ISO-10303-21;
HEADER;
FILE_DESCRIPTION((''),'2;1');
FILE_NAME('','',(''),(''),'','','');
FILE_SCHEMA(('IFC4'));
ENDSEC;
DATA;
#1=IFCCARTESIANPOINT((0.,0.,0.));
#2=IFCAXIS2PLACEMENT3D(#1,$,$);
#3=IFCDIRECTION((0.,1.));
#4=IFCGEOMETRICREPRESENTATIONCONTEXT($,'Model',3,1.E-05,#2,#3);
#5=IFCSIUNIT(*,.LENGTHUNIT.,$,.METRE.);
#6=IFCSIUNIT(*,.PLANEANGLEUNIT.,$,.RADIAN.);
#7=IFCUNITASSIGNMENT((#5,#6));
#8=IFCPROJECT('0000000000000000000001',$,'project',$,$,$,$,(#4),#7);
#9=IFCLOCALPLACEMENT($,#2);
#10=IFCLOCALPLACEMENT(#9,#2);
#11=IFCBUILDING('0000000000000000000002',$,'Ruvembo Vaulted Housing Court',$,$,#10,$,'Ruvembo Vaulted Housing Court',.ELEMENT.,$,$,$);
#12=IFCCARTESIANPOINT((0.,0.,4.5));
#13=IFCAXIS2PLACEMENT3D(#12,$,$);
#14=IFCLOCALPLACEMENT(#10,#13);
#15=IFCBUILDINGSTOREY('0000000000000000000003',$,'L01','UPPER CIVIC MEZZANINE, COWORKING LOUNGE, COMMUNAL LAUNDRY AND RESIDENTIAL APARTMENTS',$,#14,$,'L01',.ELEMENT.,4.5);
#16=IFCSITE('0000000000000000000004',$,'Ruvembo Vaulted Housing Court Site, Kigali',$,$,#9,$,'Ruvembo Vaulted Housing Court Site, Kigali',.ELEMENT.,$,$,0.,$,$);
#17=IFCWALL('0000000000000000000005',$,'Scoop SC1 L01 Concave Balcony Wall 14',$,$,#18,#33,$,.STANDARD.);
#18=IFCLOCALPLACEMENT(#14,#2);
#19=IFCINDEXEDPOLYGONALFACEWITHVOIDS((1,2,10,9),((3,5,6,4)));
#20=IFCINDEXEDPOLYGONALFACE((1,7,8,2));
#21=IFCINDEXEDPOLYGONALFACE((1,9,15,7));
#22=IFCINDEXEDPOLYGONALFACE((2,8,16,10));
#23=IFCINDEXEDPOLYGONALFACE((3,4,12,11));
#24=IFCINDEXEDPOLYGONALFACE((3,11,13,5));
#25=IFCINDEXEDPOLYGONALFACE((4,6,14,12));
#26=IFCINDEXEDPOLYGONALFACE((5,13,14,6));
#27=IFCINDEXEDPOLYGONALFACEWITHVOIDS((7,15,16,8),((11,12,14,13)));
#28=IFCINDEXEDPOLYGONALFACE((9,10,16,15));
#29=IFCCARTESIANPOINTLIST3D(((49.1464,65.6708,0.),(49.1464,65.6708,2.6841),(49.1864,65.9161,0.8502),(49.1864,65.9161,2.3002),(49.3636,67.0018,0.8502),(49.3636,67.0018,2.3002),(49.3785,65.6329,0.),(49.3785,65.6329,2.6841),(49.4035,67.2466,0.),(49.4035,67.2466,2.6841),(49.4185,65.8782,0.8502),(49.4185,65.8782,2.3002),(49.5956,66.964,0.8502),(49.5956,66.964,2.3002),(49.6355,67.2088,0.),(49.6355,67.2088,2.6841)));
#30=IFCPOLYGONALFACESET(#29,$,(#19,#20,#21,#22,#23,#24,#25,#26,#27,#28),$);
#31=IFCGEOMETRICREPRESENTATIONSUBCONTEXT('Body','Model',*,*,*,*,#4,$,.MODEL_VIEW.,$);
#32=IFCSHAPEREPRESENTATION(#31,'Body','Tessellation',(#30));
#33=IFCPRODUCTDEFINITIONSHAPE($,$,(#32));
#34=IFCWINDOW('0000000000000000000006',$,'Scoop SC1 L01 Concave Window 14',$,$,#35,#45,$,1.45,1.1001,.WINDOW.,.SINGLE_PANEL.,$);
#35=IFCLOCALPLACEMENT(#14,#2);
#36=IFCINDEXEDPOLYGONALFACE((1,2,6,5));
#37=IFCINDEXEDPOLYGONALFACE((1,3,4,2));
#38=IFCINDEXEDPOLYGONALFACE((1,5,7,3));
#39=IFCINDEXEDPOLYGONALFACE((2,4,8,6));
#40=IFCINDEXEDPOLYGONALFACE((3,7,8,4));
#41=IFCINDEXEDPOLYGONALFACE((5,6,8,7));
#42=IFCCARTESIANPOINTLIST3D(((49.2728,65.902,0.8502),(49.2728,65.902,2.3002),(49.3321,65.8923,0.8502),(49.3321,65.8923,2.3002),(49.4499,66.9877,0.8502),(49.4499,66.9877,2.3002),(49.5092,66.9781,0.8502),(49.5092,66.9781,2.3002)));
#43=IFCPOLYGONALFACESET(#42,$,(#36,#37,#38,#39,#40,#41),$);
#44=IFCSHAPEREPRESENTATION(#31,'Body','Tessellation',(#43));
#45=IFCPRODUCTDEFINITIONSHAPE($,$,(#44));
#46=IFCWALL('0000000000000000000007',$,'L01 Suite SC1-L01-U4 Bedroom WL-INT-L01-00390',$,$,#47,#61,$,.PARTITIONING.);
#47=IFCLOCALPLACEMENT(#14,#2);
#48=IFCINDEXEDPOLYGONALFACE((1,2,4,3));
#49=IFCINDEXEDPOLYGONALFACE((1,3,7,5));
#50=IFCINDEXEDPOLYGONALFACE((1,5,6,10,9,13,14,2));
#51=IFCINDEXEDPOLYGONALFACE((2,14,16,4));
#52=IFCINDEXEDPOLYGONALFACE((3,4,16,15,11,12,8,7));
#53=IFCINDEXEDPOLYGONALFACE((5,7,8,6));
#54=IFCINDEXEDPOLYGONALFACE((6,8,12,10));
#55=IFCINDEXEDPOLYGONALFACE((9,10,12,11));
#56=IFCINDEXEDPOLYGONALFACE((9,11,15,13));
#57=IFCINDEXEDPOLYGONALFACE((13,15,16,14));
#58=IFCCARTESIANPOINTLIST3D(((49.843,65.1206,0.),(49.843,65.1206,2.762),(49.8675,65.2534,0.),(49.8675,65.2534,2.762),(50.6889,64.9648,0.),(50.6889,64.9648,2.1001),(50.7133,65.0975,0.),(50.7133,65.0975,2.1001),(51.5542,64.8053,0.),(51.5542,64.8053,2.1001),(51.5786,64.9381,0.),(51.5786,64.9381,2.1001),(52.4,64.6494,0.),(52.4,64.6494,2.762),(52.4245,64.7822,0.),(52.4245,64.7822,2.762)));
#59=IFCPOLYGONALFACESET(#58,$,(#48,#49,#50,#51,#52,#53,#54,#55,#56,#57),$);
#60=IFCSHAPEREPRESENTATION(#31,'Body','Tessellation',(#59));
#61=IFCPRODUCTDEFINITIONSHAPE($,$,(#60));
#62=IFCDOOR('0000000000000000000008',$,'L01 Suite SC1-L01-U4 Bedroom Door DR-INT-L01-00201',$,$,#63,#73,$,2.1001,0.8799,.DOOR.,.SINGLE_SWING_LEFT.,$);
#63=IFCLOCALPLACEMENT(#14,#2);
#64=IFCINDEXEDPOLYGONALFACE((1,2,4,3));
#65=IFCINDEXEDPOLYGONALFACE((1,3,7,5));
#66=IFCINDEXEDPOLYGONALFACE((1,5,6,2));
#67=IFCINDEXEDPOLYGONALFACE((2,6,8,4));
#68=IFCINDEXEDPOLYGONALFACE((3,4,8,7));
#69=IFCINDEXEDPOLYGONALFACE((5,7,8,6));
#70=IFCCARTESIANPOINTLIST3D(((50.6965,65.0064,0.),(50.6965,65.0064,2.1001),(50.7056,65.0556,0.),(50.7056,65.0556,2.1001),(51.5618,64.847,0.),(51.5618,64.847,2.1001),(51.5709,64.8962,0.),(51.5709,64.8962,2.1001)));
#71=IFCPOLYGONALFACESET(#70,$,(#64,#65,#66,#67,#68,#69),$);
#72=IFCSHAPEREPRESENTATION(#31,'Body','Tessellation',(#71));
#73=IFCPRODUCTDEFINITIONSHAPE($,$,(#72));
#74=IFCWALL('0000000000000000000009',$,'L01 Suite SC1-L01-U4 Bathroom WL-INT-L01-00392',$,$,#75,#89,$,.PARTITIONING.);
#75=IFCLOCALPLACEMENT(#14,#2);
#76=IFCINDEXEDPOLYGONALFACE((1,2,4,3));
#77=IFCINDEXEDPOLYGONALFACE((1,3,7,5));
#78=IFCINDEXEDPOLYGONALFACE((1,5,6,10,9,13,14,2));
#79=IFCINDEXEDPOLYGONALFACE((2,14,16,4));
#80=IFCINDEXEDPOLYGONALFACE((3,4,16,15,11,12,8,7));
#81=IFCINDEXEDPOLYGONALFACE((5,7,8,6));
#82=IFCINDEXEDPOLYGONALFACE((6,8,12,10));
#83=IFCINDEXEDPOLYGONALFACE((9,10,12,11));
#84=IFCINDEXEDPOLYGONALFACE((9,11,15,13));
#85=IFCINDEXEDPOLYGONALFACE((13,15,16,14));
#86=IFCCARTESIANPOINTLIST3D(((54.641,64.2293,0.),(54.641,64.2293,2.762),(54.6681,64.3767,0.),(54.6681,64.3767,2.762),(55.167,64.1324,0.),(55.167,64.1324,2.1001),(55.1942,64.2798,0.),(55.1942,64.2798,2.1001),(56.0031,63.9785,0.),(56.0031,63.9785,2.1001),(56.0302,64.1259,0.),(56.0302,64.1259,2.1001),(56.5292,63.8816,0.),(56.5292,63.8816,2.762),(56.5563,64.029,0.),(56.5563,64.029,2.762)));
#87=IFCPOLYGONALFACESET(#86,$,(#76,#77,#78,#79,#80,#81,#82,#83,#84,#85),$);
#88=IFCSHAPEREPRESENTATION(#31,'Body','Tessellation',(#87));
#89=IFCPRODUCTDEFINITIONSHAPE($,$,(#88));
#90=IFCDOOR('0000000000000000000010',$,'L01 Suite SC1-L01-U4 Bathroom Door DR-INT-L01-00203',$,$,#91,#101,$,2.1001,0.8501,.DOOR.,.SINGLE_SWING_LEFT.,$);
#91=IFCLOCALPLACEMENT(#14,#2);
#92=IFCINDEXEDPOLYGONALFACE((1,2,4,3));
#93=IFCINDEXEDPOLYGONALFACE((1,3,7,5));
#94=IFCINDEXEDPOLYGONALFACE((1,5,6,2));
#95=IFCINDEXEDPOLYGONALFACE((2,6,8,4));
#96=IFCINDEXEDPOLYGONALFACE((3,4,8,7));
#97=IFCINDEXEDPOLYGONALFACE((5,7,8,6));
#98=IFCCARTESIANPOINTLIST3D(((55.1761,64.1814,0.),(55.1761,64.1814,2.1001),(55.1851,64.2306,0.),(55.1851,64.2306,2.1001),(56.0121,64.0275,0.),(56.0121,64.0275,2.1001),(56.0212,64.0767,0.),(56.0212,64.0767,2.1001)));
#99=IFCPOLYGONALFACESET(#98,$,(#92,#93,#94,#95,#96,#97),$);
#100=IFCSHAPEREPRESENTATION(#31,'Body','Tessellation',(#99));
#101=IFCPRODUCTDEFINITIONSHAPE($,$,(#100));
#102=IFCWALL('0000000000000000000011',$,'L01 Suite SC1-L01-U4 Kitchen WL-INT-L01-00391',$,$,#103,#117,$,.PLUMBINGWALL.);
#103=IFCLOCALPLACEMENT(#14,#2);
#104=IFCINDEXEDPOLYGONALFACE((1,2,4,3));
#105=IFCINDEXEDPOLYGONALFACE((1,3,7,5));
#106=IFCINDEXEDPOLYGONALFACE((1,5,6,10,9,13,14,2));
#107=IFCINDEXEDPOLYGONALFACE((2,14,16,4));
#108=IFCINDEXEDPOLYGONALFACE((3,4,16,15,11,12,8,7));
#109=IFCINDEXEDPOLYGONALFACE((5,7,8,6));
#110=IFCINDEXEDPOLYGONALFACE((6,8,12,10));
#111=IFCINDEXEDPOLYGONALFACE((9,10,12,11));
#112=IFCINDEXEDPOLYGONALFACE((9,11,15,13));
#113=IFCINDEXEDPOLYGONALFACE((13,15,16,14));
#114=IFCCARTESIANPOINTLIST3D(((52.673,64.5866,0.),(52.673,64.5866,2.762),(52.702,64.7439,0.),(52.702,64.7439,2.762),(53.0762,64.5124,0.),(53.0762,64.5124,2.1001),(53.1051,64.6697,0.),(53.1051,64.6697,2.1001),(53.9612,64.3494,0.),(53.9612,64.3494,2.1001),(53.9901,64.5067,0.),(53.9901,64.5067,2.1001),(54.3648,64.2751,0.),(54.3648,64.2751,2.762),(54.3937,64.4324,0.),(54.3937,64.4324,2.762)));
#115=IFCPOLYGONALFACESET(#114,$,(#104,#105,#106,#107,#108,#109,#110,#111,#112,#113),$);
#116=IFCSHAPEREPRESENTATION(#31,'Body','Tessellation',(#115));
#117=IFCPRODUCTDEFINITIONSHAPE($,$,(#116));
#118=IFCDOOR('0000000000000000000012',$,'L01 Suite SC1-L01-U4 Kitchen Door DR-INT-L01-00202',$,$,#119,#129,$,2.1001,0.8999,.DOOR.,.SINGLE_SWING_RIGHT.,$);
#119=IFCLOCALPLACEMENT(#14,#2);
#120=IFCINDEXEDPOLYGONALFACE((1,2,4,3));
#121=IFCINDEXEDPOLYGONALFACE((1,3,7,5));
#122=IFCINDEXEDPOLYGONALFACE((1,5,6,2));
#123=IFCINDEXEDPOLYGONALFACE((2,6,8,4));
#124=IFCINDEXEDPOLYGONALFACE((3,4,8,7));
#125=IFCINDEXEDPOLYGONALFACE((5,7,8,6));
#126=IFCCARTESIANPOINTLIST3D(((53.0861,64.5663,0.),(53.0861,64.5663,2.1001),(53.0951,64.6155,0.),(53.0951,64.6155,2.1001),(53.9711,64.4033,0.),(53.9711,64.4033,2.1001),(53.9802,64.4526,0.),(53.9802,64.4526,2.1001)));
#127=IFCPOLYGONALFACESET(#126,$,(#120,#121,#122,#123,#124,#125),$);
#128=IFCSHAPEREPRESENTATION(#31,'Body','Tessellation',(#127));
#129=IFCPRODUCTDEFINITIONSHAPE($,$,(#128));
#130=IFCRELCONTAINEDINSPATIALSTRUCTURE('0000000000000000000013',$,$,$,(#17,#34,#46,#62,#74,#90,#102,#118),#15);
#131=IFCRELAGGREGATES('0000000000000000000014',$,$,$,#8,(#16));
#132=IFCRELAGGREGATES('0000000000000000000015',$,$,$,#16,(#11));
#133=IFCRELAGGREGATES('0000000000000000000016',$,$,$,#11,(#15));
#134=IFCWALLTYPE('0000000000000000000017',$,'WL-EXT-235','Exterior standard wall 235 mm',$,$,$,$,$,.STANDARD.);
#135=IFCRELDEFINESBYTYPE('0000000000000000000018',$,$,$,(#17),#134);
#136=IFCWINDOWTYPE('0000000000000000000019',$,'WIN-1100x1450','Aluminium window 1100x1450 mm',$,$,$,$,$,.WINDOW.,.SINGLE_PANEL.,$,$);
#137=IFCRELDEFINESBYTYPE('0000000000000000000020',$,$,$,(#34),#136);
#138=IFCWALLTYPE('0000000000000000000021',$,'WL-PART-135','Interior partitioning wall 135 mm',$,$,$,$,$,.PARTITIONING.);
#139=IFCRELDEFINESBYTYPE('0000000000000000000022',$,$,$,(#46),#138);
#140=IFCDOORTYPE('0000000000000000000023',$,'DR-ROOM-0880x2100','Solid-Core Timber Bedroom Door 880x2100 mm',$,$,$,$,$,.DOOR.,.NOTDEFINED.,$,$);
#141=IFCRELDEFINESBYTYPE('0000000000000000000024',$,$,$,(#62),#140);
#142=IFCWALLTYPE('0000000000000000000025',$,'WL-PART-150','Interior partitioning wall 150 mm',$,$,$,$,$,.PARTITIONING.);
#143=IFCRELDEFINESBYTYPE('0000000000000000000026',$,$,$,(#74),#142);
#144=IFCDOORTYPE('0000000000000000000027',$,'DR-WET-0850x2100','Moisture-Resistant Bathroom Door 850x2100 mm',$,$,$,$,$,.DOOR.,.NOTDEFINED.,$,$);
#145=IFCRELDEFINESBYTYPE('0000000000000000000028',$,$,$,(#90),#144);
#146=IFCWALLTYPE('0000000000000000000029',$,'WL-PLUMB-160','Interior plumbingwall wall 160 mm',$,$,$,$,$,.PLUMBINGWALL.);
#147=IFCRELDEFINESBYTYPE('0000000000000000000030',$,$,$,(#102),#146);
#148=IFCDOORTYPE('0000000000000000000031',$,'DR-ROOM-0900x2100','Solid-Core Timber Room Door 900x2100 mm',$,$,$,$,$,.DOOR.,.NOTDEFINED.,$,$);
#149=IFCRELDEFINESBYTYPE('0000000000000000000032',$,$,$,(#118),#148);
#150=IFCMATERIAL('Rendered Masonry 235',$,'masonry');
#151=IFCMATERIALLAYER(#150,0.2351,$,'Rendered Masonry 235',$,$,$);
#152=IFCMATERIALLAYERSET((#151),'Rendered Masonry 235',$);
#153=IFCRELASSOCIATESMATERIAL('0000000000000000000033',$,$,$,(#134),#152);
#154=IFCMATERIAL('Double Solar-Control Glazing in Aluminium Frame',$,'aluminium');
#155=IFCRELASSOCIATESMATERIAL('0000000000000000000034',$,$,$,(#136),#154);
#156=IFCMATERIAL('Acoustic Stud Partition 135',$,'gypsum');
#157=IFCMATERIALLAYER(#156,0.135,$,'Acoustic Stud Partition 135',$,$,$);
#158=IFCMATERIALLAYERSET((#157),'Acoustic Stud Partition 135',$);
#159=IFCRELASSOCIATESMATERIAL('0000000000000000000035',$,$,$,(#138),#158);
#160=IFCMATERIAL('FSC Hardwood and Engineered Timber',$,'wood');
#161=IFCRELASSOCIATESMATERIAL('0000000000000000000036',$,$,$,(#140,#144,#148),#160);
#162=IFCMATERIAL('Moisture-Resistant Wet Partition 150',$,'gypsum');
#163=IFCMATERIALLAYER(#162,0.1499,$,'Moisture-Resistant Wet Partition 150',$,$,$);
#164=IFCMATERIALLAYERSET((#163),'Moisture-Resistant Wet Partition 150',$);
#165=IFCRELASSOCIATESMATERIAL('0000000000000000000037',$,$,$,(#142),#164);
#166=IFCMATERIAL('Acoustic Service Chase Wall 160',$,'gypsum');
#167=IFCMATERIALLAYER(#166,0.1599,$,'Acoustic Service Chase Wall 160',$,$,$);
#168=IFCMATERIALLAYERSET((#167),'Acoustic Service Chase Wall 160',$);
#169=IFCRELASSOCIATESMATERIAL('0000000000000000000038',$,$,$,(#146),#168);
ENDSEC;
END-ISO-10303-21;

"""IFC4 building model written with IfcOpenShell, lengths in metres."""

from ifc_helpers import new_model, si_unit, direction, frame, frame_2d, origin, place, context, subcontext, project, spatial, rectangle, extrude, material, layer, layer_set, type_object, element, fill, save


model = new_model("IFC4")

# Units and contexts
model_context = context("Model", 3, precision=1e-05, world=origin(), true_north=direction((0.0, 1.0)))
body_context = subcontext(model_context, "Body", "Model", "MODEL_VIEW")
ifc_project = project(units=[si_unit("LENGTHUNIT", "METRE"), si_unit("PLANEANGLEUNIT", "RADIAN")], contexts=[model_context])

# Site, building, storey
site_placement = place(None, origin())
site = spatial("IfcSite", under=ifc_project, at=site_placement, Name="Ruvembo Vaulted Housing Court Site, Kigali", LongName="Ruvembo Vaulted Housing Court Site, Kigali", CompositionType="ELEMENT", RefElevation=0.0)
building_placement = place(site_placement, origin())
building = spatial("IfcBuilding", under=site, at=building_placement, Name="Ruvembo Vaulted Housing Court", LongName="Ruvembo Vaulted Housing Court", CompositionType="ELEMENT")
storey_placement = place(building_placement, frame((0.0, 0.0, 4.5)))
storey = spatial("IfcBuildingStorey", under=building, at=storey_placement, Name="L01", Description="UPPER CIVIC MEZZANINE, COWORKING LOUNGE, COMMUNAL LAUNDRY AND RESIDENTIAL APARTMENTS", LongName="L01", CompositionType="ELEMENT", Elevation=4.5)

# Wall, opening, window
ifc_material_1 = material(Name="Rendered Masonry 235", Category="masonry")
ifc_layer_1 = layer(ifc_material_1, 0.2351, Name="Rendered Masonry 235")
ifc_layer_set_1 = layer_set([ifc_layer_1], Name="Rendered Masonry 235")
wall_type_1 = type_object("IfcWallType", Name="WL-EXT-235", Description="Exterior standard wall 235 mm", PredefinedType="STANDARD", material=ifc_layer_set_1)
wall_1_placement = place(storey_placement, frame((49.2625, 65.6519, 0.0), z_axis=(0.0, 0.0, 1.0), x_axis=(0.161001, 0.986954, 0.0)))
wall_1 = element("IfcWall", 1, at=wall_1_placement, inside=storey, type_object=wall_type_1, Name="Scoop SC1 L01 Concave Balcony Wall 14", PredefinedType="STANDARD", context=body_context, shape_type="SweptSolid", body=[
    extrude(rectangle(XDim=1.5967, YDim=0.2351, at=frame_2d((0.7983, 0.0))), origin(), (0.0, 0.0, 1.0), 2.6841),
])
opening_1_placement = place(wall_1_placement, frame((0.2485, 0.0, 0.8501)))
opening_1 = element("IfcOpeningElement", 2, at=opening_1_placement, cuts=wall_1, PredefinedType="OPENING", context=body_context, shape_type="SweptSolid", body=[
    extrude(rectangle(XDim=1.1001, YDim=1.45, at=frame_2d((0.55, 0.7251))), frame((0.0, 0.1274, 0.0), z_axis=(0.0, -1.0, 0.0), x_axis=(1.0, 0.0, 0.0)), (0.0, 0.0, 1.0), 0.2551),
])
ifc_material_2 = material(Name="Double Solar-Control Glazing in Aluminium Frame", Category="aluminium")
window_type = type_object("IfcWindowType", Name="WIN-1100x1450", Description="Aluminium window 1100x1450 mm", PartitioningType="SINGLE_PANEL", PredefinedType="WINDOW", material=ifc_material_2)
window_placement = place(opening_1_placement, origin())
window = element("IfcWindow", 3, at=window_placement, inside=storey, type_object=window_type, Name="Scoop SC1 L01 Concave Window 14", OverallHeight=1.45, OverallWidth=1.1001, PartitioningType="SINGLE_PANEL", PredefinedType="WINDOW", context=body_context, shape_type="SweptSolid", body=[
    extrude(rectangle(XDim=1.1001, YDim=1.45, at=frame_2d((0.55, 0.7251))), frame((0.0, 0.03, 0.0), z_axis=(0.0, -1.0, 0.0), x_axis=(1.0, 0.0, 0.0)), (0.0, 0.0, 1.0), 0.0601),
])
fill(opening_1, window)

# Walls, openings, doors
ifc_material_3 = material(Name="Acoustic Stud Partition 135", Category="gypsum")
ifc_layer_2 = layer(ifc_material_3, 0.135, Name="Acoustic Stud Partition 135")
ifc_layer_set_2 = layer_set([ifc_layer_2], Name="Acoustic Stud Partition 135")
wall_type_2 = type_object("IfcWallType", Name="WL-PART-135", Description="Interior partitioning wall 135 mm", PredefinedType="PARTITIONING", material=ifc_layer_set_2)
wall_2_placement = place(storey_placement, frame((49.8552, 65.187, 0.0), z_axis=(0.0, 0.0, 1.0), x_axis=(0.983444, -0.181215, 0.0)))
wall_2 = element("IfcWall", 4, at=wall_2_placement, inside=storey, type_object=wall_type_2, Name="L01 Suite SC1-L01-U4 Bedroom WL-INT-L01-00390", PredefinedType="PARTITIONING", context=body_context, shape_type="SweptSolid", body=[
    extrude(rectangle(XDim=2.6001, YDim=0.135, at=frame_2d((1.3, 0.0))), origin(), (0.0, 0.0, 1.0), 2.762),
])
opening_2_placement = place(wall_2_placement, frame((0.8601, 0.0, 0.0)))
opening_2 = element("IfcOpeningElement", 5, at=opening_2_placement, cuts=wall_2, PredefinedType="OPENING", context=body_context, shape_type="SweptSolid", body=[
    extrude(rectangle(XDim=0.8799, YDim=2.1001, at=frame_2d((0.4399, 1.05))), frame((0.0, 0.0774, 0.0), z_axis=(0.0, -1.0, 0.0), x_axis=(1.0, 0.0, 0.0)), (0.0, 0.0, 1.0), 0.155),
])
ifc_material_4 = material(Name="FSC Hardwood and Engineered Timber", Category="wood")
door_type_1 = type_object("IfcDoorType", Name="DR-ROOM-0880x2100", Description="Solid-Core Timber Bedroom Door 880x2100 mm", OperationType="NOTDEFINED", PredefinedType="DOOR", material=ifc_material_4)
door_1_placement = place(opening_2_placement, origin())
door_1 = element("IfcDoor", 6, at=door_1_placement, inside=storey, type_object=door_type_1, Name="L01 Suite SC1-L01-U4 Bedroom Door DR-INT-L01-00201", OperationType="SINGLE_SWING_LEFT", OverallHeight=2.1001, OverallWidth=0.8799, PredefinedType="DOOR", context=body_context, shape_type="SweptSolid", body=[
    extrude(rectangle(XDim=0.8799, YDim=2.1001, at=frame_2d((0.4399, 1.05))), frame((0.0, 0.0249, 0.0), z_axis=(0.0, -1.0, 0.0), x_axis=(1.0, 0.0, 0.0)), (0.0, 0.0, 1.0), 0.05),
])
fill(opening_2, door_1)
ifc_material_5 = material(Name="Moisture-Resistant Wet Partition 150", Category="gypsum")
ifc_layer_3 = layer(ifc_material_5, 0.1499, Name="Moisture-Resistant Wet Partition 150")
ifc_layer_set_3 = layer_set([ifc_layer_3], Name="Moisture-Resistant Wet Partition 150")
wall_type_3 = type_object("IfcWallType", Name="WL-PART-150", Description="Interior partitioning wall 150 mm", PredefinedType="PARTITIONING", material=ifc_layer_set_3)
wall_3_placement = place(storey_placement, frame((54.6545, 64.303, 0.0), z_axis=(0.0, 0.0, 1.0), x_axis=(0.983469, -0.181078, 0.0)))
wall_3 = element("IfcWall", 7, at=wall_3_placement, inside=storey, type_object=wall_type_3, Name="L01 Suite SC1-L01-U4 Bathroom WL-INT-L01-00392", PredefinedType="PARTITIONING", context=body_context, shape_type="SweptSolid", body=[
    extrude(rectangle(XDim=1.9199, YDim=0.1499, at=frame_2d((0.96, 0.0))), origin(), (0.0, 0.0, 1.0), 2.762),
])
opening_3_placement = place(wall_3_placement, frame((0.5349, 0.0, 0.0)))
opening_3 = element("IfcOpeningElement", 8, at=opening_3_placement, cuts=wall_3, PredefinedType="OPENING", context=body_context, shape_type="SweptSolid", body=[
    extrude(rectangle(XDim=0.8501, YDim=2.1001, at=frame_2d((0.425, 1.05))), frame((0.0, 0.085, 0.0), z_axis=(0.0, -1.0, 0.0), x_axis=(1.0, 0.0, 0.0)), (0.0, 0.0, 1.0), 0.1699),
])
door_type_2 = type_object("IfcDoorType", Name="DR-WET-0850x2100", Description="Moisture-Resistant Bathroom Door 850x2100 mm", OperationType="NOTDEFINED", PredefinedType="DOOR", material=ifc_material_4)
door_2_placement = place(opening_3_placement, origin())
door_2 = element("IfcDoor", 9, at=door_2_placement, inside=storey, type_object=door_type_2, Name="L01 Suite SC1-L01-U4 Bathroom Door DR-INT-L01-00203", OperationType="SINGLE_SWING_LEFT", OverallHeight=2.1001, OverallWidth=0.8501, PredefinedType="DOOR", context=body_context, shape_type="SweptSolid", body=[
    extrude(rectangle(XDim=0.8501, YDim=2.1001, at=frame_2d((0.425, 1.05))), frame((0.0, 0.0249, 0.0), z_axis=(0.0, -1.0, 0.0), x_axis=(1.0, 0.0, 0.0)), (0.0, 0.0, 1.0), 0.05),
])
fill(opening_3, door_2)
ifc_material_6 = material(Name="Acoustic Service Chase Wall 160", Category="gypsum")
ifc_layer_4 = layer(ifc_material_6, 0.1599, Name="Acoustic Service Chase Wall 160")
ifc_layer_set_4 = layer_set([ifc_layer_4], Name="Acoustic Service Chase Wall 160")
wall_type_4 = type_object("IfcWallType", Name="WL-PLUMB-160", Description="Interior plumbingwall wall 160 mm", PredefinedType="PLUMBINGWALL", material=ifc_layer_set_4)
wall_4_placement = place(storey_placement, frame((52.6875, 64.6653, 0.0), z_axis=(0.0, 0.0, 1.0), x_axis=(0.983463, -0.181108, 0.0)))
wall_4 = element("IfcWall", 10, at=wall_4_placement, inside=storey, type_object=wall_type_4, Name="L01 Suite SC1-L01-U4 Kitchen WL-INT-L01-00391", PredefinedType="PLUMBINGWALL", context=body_context, shape_type="SweptSolid", body=[
    extrude(rectangle(XDim=1.7202, YDim=0.1599, at=frame_2d((0.8601, 0.0))), origin(), (0.0, 0.0, 1.0), 2.762),
])
opening_4_placement = place(wall_4_placement, frame((0.4099, 0.0, 0.0)))
opening_4 = element("IfcOpeningElement", 11, at=opening_4_placement, cuts=wall_4, PredefinedType="OPENING", context=body_context, shape_type="SweptSolid", body=[
    extrude(rectangle(XDim=0.8999, YDim=2.1001, at=frame_2d((0.45, 1.05))), frame((0.0, 0.0898, 0.0), z_axis=(0.0, -1.0, 0.0), x_axis=(1.0, 0.0, 0.0)), (0.0, 0.0, 1.0), 0.1799),
])
door_type_3 = type_object("IfcDoorType", Name="DR-ROOM-0900x2100", Description="Solid-Core Timber Room Door 900x2100 mm", OperationType="NOTDEFINED", PredefinedType="DOOR", material=ifc_material_4)
door_3_placement = place(opening_4_placement, origin())
door_3 = element("IfcDoor", 12, at=door_3_placement, inside=storey, type_object=door_type_3, Name="L01 Suite SC1-L01-U4 Kitchen Door DR-INT-L01-00202", OperationType="SINGLE_SWING_RIGHT", OverallHeight=2.1001, OverallWidth=0.8999, PredefinedType="DOOR", context=body_context, shape_type="SweptSolid", body=[
    extrude(rectangle(XDim=0.8999, YDim=2.1001, at=frame_2d((0.45, 1.05))), frame((0.0, 0.0249, 0.0), z_axis=(0.0, -1.0, 0.0), x_axis=(1.0, 0.0, 0.0)), (0.0, 0.0, 1.0), 0.05),
])
fill(opening_4, door_3)

save(model, "model.ifc")
